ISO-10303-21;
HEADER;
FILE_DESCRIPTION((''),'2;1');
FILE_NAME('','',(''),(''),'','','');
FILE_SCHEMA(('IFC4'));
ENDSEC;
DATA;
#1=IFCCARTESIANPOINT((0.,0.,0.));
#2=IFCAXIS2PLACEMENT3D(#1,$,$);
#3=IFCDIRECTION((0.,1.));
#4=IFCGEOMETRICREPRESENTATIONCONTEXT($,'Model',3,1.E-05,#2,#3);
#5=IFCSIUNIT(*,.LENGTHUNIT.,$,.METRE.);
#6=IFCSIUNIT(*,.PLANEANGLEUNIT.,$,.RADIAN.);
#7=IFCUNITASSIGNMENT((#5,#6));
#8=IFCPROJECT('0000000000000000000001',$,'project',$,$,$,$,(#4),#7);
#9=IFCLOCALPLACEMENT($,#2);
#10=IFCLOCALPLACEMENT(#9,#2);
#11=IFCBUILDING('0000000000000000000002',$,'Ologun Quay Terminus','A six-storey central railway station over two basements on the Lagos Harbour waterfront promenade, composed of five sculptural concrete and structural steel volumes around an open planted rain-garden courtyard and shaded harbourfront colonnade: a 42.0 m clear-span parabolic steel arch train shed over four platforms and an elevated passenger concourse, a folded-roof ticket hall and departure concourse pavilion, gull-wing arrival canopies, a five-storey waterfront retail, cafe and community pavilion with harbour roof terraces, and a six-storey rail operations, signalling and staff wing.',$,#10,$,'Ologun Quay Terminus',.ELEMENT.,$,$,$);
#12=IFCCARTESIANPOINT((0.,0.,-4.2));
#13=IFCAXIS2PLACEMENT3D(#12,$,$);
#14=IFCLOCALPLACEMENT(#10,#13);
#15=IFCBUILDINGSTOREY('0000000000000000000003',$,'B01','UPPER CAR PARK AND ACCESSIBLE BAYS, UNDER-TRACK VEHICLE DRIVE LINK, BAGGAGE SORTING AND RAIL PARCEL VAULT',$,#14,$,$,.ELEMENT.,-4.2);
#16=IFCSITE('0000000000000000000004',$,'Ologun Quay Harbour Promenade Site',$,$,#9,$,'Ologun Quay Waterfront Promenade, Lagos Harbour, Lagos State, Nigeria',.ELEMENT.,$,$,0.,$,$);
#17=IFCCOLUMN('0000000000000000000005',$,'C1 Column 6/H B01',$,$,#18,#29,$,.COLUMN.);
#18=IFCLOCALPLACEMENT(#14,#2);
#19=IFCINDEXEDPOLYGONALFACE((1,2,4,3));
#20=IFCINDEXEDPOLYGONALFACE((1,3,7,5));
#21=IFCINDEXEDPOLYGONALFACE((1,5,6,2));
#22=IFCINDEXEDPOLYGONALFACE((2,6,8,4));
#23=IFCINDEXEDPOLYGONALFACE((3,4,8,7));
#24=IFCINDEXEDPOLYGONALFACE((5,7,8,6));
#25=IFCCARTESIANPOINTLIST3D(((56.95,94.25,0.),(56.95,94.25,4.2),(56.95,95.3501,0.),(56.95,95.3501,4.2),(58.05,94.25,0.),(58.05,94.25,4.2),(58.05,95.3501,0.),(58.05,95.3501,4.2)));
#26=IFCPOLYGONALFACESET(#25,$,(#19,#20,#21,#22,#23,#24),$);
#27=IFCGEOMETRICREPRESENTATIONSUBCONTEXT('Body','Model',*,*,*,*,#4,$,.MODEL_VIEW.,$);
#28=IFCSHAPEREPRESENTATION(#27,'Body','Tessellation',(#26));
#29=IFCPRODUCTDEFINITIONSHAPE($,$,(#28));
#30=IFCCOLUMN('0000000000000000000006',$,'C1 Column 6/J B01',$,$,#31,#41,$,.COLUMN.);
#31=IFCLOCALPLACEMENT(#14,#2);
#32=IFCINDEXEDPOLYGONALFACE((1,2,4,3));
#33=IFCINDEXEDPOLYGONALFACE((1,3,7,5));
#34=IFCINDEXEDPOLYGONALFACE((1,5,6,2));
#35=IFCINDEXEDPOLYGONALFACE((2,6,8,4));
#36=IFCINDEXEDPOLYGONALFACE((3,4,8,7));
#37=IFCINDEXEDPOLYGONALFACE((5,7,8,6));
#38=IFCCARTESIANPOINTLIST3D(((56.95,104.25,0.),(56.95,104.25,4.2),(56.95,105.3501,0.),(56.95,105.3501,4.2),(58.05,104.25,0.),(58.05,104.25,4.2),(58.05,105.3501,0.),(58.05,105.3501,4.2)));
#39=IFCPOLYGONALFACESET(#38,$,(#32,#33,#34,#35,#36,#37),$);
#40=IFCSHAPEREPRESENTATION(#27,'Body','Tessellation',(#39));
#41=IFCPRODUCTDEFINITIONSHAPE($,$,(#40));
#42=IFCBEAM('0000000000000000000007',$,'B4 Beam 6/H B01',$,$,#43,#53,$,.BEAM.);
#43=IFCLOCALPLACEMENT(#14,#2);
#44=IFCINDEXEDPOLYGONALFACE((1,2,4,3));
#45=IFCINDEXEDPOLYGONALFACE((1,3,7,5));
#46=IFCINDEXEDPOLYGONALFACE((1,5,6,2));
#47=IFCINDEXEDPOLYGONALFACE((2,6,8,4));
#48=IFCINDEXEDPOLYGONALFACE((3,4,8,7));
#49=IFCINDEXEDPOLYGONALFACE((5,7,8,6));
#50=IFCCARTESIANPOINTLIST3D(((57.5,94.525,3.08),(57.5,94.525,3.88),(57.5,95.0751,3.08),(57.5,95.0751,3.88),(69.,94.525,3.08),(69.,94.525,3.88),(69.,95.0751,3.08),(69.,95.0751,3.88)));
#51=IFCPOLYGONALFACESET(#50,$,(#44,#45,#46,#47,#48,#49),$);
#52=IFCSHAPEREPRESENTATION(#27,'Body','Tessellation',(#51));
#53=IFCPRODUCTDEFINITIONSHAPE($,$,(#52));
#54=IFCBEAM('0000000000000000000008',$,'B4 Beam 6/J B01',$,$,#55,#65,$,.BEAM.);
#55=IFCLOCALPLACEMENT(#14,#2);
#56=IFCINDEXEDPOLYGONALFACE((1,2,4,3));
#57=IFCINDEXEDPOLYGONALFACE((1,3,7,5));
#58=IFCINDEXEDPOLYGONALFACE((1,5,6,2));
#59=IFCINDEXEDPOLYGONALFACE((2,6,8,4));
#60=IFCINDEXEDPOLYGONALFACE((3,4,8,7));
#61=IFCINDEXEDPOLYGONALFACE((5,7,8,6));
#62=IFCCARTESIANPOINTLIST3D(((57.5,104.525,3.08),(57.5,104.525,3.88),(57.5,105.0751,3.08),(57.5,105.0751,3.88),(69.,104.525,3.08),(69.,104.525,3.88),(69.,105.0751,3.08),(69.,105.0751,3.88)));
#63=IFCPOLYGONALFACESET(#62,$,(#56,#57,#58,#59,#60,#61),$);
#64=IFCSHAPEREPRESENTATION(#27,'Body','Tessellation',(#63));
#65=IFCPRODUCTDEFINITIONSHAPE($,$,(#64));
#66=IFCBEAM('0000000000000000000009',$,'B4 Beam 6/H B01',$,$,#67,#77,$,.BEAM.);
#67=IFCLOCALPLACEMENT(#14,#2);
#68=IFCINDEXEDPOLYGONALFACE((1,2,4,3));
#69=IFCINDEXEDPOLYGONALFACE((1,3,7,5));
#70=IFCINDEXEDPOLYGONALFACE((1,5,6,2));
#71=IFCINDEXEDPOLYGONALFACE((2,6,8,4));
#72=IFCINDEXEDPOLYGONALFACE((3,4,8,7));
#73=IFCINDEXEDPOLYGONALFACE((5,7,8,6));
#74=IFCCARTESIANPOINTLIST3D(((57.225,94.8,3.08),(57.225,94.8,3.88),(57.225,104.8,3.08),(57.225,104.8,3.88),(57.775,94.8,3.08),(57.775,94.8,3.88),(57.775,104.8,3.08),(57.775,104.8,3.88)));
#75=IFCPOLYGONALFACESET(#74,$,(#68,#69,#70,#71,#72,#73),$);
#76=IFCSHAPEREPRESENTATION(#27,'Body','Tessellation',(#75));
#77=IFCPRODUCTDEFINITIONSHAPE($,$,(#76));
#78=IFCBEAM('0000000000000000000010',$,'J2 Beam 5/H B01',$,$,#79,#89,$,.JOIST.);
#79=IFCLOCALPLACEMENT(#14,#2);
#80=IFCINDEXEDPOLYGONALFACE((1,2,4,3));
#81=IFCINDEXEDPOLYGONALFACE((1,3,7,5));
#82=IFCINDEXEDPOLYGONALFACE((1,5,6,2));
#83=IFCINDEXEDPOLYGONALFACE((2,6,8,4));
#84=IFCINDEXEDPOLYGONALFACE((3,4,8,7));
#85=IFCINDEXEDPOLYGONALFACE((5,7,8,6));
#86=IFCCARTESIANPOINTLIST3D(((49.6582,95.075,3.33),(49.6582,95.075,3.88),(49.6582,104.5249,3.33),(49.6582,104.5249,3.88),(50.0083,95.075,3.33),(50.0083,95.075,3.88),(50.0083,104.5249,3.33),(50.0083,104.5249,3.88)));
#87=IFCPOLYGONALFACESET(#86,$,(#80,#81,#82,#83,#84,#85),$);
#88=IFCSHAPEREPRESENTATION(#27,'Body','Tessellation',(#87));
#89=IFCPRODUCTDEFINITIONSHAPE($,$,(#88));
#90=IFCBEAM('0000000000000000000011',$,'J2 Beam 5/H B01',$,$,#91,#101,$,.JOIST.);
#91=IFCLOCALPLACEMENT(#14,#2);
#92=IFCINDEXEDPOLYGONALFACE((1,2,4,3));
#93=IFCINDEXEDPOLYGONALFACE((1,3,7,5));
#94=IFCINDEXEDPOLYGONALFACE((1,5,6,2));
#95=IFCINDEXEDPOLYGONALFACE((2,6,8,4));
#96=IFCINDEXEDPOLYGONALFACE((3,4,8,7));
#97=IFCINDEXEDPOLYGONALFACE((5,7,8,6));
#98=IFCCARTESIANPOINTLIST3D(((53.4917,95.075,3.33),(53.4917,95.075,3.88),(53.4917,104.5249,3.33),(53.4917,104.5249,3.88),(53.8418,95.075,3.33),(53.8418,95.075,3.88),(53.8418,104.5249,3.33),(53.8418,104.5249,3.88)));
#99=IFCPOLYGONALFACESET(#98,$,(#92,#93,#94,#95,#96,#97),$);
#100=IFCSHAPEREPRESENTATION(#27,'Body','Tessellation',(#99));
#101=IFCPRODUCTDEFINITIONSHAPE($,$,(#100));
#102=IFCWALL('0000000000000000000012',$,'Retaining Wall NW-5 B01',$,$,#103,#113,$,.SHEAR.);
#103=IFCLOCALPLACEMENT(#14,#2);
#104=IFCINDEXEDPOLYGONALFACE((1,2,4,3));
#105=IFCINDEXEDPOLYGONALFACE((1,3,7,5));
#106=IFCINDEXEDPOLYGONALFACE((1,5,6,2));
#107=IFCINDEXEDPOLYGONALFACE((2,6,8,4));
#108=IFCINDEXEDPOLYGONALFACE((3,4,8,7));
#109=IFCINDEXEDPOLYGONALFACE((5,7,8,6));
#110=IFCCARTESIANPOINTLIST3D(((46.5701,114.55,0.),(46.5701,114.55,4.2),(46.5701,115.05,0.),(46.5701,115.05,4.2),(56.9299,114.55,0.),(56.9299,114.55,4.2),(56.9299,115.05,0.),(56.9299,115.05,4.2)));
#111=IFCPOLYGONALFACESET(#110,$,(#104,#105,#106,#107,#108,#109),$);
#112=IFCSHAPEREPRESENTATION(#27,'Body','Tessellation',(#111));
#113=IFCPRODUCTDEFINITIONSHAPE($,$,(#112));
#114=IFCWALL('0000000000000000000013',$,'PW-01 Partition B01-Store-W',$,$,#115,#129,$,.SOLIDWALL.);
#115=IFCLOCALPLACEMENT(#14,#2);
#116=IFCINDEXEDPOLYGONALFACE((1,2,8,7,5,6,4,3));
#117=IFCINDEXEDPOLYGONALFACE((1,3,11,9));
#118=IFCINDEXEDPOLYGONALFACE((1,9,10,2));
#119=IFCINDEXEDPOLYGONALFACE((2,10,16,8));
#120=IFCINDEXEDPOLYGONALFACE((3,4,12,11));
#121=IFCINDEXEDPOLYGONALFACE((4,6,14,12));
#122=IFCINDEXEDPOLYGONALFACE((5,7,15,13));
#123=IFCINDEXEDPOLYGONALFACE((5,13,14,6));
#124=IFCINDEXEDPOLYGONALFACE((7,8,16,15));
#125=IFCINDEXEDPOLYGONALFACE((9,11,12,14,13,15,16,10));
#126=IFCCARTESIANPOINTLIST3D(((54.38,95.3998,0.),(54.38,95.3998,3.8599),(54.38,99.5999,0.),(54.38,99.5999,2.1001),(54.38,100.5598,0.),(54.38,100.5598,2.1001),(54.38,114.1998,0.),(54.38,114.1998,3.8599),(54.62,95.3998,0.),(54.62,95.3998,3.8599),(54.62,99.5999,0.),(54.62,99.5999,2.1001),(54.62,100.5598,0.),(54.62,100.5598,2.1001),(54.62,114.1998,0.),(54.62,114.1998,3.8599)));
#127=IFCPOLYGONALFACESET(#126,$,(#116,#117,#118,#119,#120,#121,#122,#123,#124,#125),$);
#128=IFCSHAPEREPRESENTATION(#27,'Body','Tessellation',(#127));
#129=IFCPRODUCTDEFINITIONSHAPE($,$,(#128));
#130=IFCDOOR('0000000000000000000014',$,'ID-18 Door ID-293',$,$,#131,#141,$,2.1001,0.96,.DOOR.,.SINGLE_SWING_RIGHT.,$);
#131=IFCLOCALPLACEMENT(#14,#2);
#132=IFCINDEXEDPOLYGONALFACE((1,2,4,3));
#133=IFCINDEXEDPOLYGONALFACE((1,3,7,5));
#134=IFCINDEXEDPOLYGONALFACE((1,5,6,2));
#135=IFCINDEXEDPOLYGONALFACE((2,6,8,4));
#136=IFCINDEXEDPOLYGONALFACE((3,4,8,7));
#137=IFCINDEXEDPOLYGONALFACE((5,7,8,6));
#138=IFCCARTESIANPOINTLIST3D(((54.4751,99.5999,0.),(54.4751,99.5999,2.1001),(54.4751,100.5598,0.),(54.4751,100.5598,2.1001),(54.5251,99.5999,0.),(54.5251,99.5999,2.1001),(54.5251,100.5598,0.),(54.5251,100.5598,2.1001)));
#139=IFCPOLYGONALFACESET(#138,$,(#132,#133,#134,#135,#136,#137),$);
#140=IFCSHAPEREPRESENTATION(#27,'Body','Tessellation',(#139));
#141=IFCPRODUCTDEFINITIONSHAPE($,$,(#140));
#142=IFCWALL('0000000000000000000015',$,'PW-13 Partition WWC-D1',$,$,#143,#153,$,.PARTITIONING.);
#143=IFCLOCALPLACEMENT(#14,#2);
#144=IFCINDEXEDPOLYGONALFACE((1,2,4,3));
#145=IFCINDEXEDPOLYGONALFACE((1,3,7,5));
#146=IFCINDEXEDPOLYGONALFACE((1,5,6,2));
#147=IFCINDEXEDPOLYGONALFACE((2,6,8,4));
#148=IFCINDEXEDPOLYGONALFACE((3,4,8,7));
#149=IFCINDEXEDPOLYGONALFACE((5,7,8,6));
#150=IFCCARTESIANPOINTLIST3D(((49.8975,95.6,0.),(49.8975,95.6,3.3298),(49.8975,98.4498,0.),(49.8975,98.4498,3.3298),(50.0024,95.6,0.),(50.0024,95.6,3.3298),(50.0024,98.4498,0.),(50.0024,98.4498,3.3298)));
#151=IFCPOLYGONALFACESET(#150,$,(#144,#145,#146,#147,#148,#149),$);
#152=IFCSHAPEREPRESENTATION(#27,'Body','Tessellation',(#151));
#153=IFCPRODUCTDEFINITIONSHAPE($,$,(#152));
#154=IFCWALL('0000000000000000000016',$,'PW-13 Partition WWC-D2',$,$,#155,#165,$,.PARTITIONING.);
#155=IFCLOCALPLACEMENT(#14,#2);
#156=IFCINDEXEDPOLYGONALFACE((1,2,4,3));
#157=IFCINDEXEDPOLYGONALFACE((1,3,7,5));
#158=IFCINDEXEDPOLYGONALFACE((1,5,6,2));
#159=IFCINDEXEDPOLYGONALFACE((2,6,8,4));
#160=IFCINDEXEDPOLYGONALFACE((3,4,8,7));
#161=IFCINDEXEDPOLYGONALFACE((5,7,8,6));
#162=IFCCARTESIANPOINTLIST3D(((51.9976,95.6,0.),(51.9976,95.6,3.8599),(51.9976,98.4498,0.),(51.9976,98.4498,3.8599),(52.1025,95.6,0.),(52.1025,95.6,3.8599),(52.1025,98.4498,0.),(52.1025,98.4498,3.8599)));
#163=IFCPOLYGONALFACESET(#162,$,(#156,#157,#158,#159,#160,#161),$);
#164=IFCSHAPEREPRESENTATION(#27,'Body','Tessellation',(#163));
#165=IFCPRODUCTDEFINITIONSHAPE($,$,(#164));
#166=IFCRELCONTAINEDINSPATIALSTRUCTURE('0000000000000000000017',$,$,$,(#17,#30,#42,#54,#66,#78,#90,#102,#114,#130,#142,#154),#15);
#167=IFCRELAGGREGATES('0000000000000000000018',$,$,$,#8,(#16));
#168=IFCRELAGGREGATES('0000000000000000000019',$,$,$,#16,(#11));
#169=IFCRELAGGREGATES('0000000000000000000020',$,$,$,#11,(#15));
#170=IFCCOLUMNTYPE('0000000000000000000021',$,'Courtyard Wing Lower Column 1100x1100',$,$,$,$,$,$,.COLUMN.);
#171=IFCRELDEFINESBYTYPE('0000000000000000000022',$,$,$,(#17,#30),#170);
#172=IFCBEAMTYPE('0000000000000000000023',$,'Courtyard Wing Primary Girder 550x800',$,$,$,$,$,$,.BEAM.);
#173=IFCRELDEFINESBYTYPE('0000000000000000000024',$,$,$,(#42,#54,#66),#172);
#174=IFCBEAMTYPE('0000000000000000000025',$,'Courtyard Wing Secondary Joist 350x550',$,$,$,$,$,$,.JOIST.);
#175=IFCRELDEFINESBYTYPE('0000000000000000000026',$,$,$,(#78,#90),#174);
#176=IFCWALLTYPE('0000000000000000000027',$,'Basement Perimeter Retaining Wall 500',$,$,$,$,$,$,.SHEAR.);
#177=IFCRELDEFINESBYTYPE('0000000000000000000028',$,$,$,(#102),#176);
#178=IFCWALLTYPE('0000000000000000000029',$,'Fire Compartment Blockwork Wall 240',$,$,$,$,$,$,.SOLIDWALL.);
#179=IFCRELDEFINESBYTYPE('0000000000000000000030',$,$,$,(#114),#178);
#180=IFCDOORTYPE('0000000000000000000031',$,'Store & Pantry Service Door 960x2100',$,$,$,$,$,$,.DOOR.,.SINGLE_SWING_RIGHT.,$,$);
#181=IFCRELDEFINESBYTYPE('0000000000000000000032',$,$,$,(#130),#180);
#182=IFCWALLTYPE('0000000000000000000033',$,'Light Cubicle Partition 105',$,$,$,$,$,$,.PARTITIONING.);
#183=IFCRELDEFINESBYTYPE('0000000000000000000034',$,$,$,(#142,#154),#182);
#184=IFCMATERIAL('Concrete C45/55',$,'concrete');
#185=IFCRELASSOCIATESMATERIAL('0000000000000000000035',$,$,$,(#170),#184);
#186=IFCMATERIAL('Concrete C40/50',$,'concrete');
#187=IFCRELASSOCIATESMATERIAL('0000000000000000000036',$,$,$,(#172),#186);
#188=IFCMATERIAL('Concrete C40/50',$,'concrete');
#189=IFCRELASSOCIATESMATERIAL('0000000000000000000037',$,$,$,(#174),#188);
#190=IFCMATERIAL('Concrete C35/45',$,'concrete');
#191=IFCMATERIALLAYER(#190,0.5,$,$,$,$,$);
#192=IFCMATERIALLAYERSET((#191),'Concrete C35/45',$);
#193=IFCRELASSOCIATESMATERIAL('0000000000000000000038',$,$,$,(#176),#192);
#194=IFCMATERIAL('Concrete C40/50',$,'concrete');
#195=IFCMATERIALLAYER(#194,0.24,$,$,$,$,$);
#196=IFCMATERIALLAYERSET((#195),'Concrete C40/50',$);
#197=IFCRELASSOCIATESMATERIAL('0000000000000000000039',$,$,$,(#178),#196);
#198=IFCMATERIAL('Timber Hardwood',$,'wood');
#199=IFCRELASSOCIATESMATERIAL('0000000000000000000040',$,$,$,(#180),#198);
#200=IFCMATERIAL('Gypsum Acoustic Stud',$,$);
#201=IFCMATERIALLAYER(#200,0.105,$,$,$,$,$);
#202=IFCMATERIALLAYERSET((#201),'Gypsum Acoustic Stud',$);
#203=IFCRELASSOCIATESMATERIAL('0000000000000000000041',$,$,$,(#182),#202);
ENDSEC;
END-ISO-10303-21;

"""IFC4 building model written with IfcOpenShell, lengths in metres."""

from ifc_helpers import new_model, si_unit, direction, frame, frame_2d, origin, origin_2d, place, context, subcontext, project, spatial, rectangle, extrude, material, layer, layer_set, material_profile, profile_set, type_object, element, fill, save


model = new_model("IFC4")

# Units and contexts
model_context = context("Model", 3, precision=1e-05, world=origin(), true_north=direction((0.0, 1.0)))
body_context = subcontext(model_context, "Body", "Model", "MODEL_VIEW")
ifc_project = project(units=[si_unit("LENGTHUNIT", "METRE"), si_unit("PLANEANGLEUNIT", "RADIAN")], contexts=[model_context])

# Site, building, storey
site_placement = place(None, origin())
site = spatial("IfcSite", under=ifc_project, at=site_placement, Name="Ologun Quay Harbour Promenade Site", LongName="Ologun Quay Waterfront Promenade, Lagos Harbour, Lagos State, Nigeria", CompositionType="ELEMENT", RefElevation=0.0)
building_placement = place(site_placement, origin())
building = spatial("IfcBuilding", under=site, at=building_placement, Name="Ologun Quay Terminus", Description="A six-storey central railway station over two basements on the Lagos Harbour waterfront promenade, composed of five sculptural concrete and structural steel volumes around an open planted rain-garden courtyard and shaded harbourfront colonnade: a 42.0 m clear-span parabolic steel arch train shed over four platforms and an elevated passenger concourse, a folded-roof ticket hall and departure concourse pavilion, gull-wing arrival canopies, a five-storey waterfront retail, cafe and community pavilion with harbour roof terraces, and a six-storey rail operations, signalling and staff wing.", LongName="Ologun Quay Terminus", CompositionType="ELEMENT")
storey_placement = place(building_placement, frame((0.0, 0.0, -4.2)))
storey = spatial("IfcBuildingStorey", under=building, at=storey_placement, Name="B01", Description="UPPER CAR PARK AND ACCESSIBLE BAYS, UNDER-TRACK VEHICLE DRIVE LINK, BAGGAGE SORTING AND RAIL PARCEL VAULT", CompositionType="ELEMENT", Elevation=-4.2)

# Columns
ifc_material_1 = material(Name="Concrete C45/55", Category="concrete")
ifc_material_profile_1 = material_profile(ifc_material_1, rectangle(XDim=1.1001, YDim=1.1001, at=origin_2d()), Name="RC 1100x1100")
ifc_profile_set_1 = profile_set([ifc_material_profile_1], Name="Concrete C45/55")
column_type = type_object("IfcColumnType", Name="Courtyard Wing Lower Column 1100x1100", PredefinedType="COLUMN", material=ifc_profile_set_1)
for number, where, z_axis, x_axis, name in (
    (1, (57.5, 94.8, 0.0), (0.0, 0.0, 1.0), (1.0, 0.0, 0.0), "C1 Column 6/H B01"),
    (2, (57.5, 104.8, 0.0), (0.0, 0.0, 1.0), (1.0, 0.0, 0.0), "C1 Column 6/J B01"),
):
    element("IfcColumn", number, at=place(storey_placement, frame(where, z_axis=z_axis, x_axis=x_axis)), inside=storey, type_object=column_type, Name=name, PredefinedType="COLUMN", context=body_context, shape_type="SweptSolid", body=[
        extrude(rectangle(XDim=1.1001, YDim=1.1001, at=origin_2d()), origin(), (0.0, 0.0, 1.0), 4.2),
    ])

# Beams
ifc_material_2 = material(Name="Concrete C40/50", Category="concrete")
ifc_material_profile_2 = material_profile(ifc_material_2, rectangle(XDim=0.55, YDim=0.8, at=origin_2d()), Name="RC 550x800")
ifc_profile_set_2 = profile_set([ifc_material_profile_2], Name="Concrete C40/50")
beam_type_1 = type_object("IfcBeamType", Name="Courtyard Wing Primary Girder 550x800", PredefinedType="BEAM", material=ifc_profile_set_2)
for number, where, z_axis, x_axis, name in (
    (3, (57.5, 94.8, 3.48), (1.0, 0.0, 0.0), (0.0, 1.0, 0.0), "B4 Beam 6/H B01"),
    (4, (57.5, 104.8, 3.48), (1.0, 0.0, 0.0), (0.0, 1.0, 0.0), "B4 Beam 6/J B01"),
):
    element("IfcBeam", number, at=place(storey_placement, frame(where, z_axis=z_axis, x_axis=x_axis)), inside=storey, type_object=beam_type_1, Name=name, PredefinedType="BEAM", context=body_context, shape_type="SweptSolid", body=[
        extrude(rectangle(XDim=0.55, YDim=0.8, at=origin_2d()), origin(), (0.0, 0.0, 1.0), 11.5),
    ])
beam_placement = place(storey_placement, frame((57.5, 94.8, 3.48), z_axis=(0.0, 1.0, 0.0), x_axis=(-1.0, 0.0, 0.0)))
element("IfcBeam", 5, at=beam_placement, inside=storey, type_object=beam_type_1, Name="B4 Beam 6/H B01", PredefinedType="BEAM", context=body_context, shape_type="SweptSolid", body=[
    extrude(rectangle(XDim=0.55, YDim=0.8, at=origin_2d()), origin(), (0.0, 0.0, 1.0), 10.0),
])
ifc_material_3 = material(Name="Concrete C40/50", Category="concrete")
ifc_material_profile_3 = material_profile(ifc_material_3, rectangle(XDim=0.3501, YDim=0.55, at=origin_2d()), Name="RC 350x550")
ifc_profile_set_3 = profile_set([ifc_material_profile_3], Name="Concrete C40/50")
beam_type_2 = type_object("IfcBeamType", Name="Courtyard Wing Secondary Joist 350x550", PredefinedType="JOIST", material=ifc_profile_set_3)
for number, where, z_axis, x_axis, name in (
    (6, (49.8333, 95.075, 3.605), (0.0, 1.0, 0.0), (-1.0, 0.0, 0.0), "J2 Beam 5/H B01"),
    (7, (53.6667, 95.075, 3.605), (0.0, 1.0, 0.0), (-1.0, 0.0, 0.0), "J2 Beam 5/H B01"),
):
    element("IfcBeam", number, at=place(storey_placement, frame(where, z_axis=z_axis, x_axis=x_axis)), inside=storey, type_object=beam_type_2, Name=name, PredefinedType="JOIST", context=body_context, shape_type="SweptSolid", body=[
        extrude(rectangle(XDim=0.3501, YDim=0.55, at=origin_2d()), origin(), (0.0, 0.0, 1.0), 9.45),
    ])

# Wall
ifc_material_4 = material(Name="Concrete C35/45", Category="concrete")
ifc_layer_1 = layer(ifc_material_4, 0.5)
ifc_layer_set_1 = layer_set([ifc_layer_1], Name="Concrete C35/45")
wall_type_1 = type_object("IfcWallType", Name="Basement Perimeter Retaining Wall 500", PredefinedType="SHEAR", material=ifc_layer_set_1)
wall_1_placement = place(storey_placement, frame((46.5701, 114.8, 0.0), z_axis=(0.0, 0.0, 1.0), x_axis=(1.0, 0.0, 0.0)))
element("IfcWall", 8, at=wall_1_placement, inside=storey, type_object=wall_type_1, Name="Retaining Wall NW-5 B01", PredefinedType="SHEAR", context=body_context, shape_type="SweptSolid", body=[
    extrude(rectangle(XDim=10.3599, YDim=0.5, at=frame_2d((5.1799, 0.0))), origin(), (0.0, 0.0, 1.0), 4.2),
])

# Wall, opening, door
ifc_material_5 = material(Name="Concrete C40/50", Category="concrete")
ifc_layer_2 = layer(ifc_material_5, 0.24)
ifc_layer_set_2 = layer_set([ifc_layer_2], Name="Concrete C40/50")
wall_type_2 = type_object("IfcWallType", Name="Fire Compartment Blockwork Wall 240", PredefinedType="SOLIDWALL", material=ifc_layer_set_2)
wall_2_placement = place(storey_placement, frame((54.5, 95.3999, 0.0), z_axis=(0.0, 0.0, 1.0), x_axis=(0.0, 1.0, 0.0)))
wall_2 = element("IfcWall", 9, at=wall_2_placement, inside=storey, type_object=wall_type_2, Name="PW-01 Partition B01-Store-W", PredefinedType="SOLIDWALL", context=body_context, shape_type="SweptSolid", body=[
    extrude(rectangle(XDim=18.8, YDim=0.24, at=frame_2d((9.3999, 0.0))), origin(), (0.0, 0.0, 1.0), 3.8599),
])
opening_1_placement = place(wall_2_placement, frame((4.2, 0.0, 0.0)))
opening_1 = element("IfcOpeningElement", 10, at=opening_1_placement, cuts=wall_2, PredefinedType="OPENING", context=body_context, shape_type="SweptSolid", body=[
    extrude(rectangle(XDim=0.96, YDim=2.1001, at=frame_2d((0.48, 1.05))), frame((0.0, 0.1299, 0.0), z_axis=(0.0, -1.0, 0.0), x_axis=(1.0, 0.0, 0.0)), (0.0, 0.0, 1.0), 0.26),
])
ifc_material_6 = material(Name="Timber Hardwood", Category="wood")
door_type_1 = type_object("IfcDoorType", Name="Store & Pantry Service Door 960x2100", OperationType="SINGLE_SWING_RIGHT", PredefinedType="DOOR", material=ifc_material_6)
door_1_placement = place(opening_1_placement, origin())
door_1 = element("IfcDoor", 11, at=door_1_placement, inside=storey, type_object=door_type_1, Name="ID-18 Door ID-293", OperationType="SINGLE_SWING_RIGHT", OverallHeight=2.1001, OverallWidth=0.96, PredefinedType="DOOR", context=body_context, shape_type="SweptSolid", body=[
    extrude(rectangle(XDim=0.96, YDim=2.1001, at=frame_2d((0.48, 1.05))), frame((0.0, 0.0249, 0.0), z_axis=(0.0, -1.0, 0.0), x_axis=(1.0, 0.0, 0.0)), (0.0, 0.0, 1.0), 0.05),
])
fill(opening_1, door_1)

# Walls
ifc_material_7 = material(Name="Gypsum Acoustic Stud")
ifc_layer_3 = layer(ifc_material_7, 0.105)
ifc_layer_set_3 = layer_set([ifc_layer_3], Name="Gypsum Acoustic Stud")
wall_type_3 = type_object("IfcWallType", Name="Light Cubicle Partition 105", PredefinedType="PARTITIONING", material=ifc_layer_set_3)
wall_3_placement = place(storey_placement, frame((49.95, 95.6001, 0.0), z_axis=(0.0, 0.0, 1.0), x_axis=(0.0, 1.0, 0.0)))
element("IfcWall", 12, at=wall_3_placement, inside=storey, type_object=wall_type_3, Name="PW-13 Partition WWC-D1", PredefinedType="PARTITIONING", context=body_context, shape_type="SweptSolid", body=[
    extrude(rectangle(XDim=2.8499, YDim=0.105, at=frame_2d((1.4248, 0.0))), origin(), (0.0, 0.0, 1.0), 3.3298),
])
wall_4_placement = place(storey_placement, frame((52.05, 95.6001, 0.0), z_axis=(0.0, 0.0, 1.0), x_axis=(0.0, 1.0, 0.0)))
element("IfcWall", 13, at=wall_4_placement, inside=storey, type_object=wall_type_3, Name="PW-13 Partition WWC-D2", PredefinedType="PARTITIONING", context=body_context, shape_type="SweptSolid", body=[
    extrude(rectangle(XDim=2.8499, YDim=0.105, at=frame_2d((1.4248, 0.0))), origin(), (0.0, 0.0, 1.0), 3.8599),
])

save(model, "model.ifc")
